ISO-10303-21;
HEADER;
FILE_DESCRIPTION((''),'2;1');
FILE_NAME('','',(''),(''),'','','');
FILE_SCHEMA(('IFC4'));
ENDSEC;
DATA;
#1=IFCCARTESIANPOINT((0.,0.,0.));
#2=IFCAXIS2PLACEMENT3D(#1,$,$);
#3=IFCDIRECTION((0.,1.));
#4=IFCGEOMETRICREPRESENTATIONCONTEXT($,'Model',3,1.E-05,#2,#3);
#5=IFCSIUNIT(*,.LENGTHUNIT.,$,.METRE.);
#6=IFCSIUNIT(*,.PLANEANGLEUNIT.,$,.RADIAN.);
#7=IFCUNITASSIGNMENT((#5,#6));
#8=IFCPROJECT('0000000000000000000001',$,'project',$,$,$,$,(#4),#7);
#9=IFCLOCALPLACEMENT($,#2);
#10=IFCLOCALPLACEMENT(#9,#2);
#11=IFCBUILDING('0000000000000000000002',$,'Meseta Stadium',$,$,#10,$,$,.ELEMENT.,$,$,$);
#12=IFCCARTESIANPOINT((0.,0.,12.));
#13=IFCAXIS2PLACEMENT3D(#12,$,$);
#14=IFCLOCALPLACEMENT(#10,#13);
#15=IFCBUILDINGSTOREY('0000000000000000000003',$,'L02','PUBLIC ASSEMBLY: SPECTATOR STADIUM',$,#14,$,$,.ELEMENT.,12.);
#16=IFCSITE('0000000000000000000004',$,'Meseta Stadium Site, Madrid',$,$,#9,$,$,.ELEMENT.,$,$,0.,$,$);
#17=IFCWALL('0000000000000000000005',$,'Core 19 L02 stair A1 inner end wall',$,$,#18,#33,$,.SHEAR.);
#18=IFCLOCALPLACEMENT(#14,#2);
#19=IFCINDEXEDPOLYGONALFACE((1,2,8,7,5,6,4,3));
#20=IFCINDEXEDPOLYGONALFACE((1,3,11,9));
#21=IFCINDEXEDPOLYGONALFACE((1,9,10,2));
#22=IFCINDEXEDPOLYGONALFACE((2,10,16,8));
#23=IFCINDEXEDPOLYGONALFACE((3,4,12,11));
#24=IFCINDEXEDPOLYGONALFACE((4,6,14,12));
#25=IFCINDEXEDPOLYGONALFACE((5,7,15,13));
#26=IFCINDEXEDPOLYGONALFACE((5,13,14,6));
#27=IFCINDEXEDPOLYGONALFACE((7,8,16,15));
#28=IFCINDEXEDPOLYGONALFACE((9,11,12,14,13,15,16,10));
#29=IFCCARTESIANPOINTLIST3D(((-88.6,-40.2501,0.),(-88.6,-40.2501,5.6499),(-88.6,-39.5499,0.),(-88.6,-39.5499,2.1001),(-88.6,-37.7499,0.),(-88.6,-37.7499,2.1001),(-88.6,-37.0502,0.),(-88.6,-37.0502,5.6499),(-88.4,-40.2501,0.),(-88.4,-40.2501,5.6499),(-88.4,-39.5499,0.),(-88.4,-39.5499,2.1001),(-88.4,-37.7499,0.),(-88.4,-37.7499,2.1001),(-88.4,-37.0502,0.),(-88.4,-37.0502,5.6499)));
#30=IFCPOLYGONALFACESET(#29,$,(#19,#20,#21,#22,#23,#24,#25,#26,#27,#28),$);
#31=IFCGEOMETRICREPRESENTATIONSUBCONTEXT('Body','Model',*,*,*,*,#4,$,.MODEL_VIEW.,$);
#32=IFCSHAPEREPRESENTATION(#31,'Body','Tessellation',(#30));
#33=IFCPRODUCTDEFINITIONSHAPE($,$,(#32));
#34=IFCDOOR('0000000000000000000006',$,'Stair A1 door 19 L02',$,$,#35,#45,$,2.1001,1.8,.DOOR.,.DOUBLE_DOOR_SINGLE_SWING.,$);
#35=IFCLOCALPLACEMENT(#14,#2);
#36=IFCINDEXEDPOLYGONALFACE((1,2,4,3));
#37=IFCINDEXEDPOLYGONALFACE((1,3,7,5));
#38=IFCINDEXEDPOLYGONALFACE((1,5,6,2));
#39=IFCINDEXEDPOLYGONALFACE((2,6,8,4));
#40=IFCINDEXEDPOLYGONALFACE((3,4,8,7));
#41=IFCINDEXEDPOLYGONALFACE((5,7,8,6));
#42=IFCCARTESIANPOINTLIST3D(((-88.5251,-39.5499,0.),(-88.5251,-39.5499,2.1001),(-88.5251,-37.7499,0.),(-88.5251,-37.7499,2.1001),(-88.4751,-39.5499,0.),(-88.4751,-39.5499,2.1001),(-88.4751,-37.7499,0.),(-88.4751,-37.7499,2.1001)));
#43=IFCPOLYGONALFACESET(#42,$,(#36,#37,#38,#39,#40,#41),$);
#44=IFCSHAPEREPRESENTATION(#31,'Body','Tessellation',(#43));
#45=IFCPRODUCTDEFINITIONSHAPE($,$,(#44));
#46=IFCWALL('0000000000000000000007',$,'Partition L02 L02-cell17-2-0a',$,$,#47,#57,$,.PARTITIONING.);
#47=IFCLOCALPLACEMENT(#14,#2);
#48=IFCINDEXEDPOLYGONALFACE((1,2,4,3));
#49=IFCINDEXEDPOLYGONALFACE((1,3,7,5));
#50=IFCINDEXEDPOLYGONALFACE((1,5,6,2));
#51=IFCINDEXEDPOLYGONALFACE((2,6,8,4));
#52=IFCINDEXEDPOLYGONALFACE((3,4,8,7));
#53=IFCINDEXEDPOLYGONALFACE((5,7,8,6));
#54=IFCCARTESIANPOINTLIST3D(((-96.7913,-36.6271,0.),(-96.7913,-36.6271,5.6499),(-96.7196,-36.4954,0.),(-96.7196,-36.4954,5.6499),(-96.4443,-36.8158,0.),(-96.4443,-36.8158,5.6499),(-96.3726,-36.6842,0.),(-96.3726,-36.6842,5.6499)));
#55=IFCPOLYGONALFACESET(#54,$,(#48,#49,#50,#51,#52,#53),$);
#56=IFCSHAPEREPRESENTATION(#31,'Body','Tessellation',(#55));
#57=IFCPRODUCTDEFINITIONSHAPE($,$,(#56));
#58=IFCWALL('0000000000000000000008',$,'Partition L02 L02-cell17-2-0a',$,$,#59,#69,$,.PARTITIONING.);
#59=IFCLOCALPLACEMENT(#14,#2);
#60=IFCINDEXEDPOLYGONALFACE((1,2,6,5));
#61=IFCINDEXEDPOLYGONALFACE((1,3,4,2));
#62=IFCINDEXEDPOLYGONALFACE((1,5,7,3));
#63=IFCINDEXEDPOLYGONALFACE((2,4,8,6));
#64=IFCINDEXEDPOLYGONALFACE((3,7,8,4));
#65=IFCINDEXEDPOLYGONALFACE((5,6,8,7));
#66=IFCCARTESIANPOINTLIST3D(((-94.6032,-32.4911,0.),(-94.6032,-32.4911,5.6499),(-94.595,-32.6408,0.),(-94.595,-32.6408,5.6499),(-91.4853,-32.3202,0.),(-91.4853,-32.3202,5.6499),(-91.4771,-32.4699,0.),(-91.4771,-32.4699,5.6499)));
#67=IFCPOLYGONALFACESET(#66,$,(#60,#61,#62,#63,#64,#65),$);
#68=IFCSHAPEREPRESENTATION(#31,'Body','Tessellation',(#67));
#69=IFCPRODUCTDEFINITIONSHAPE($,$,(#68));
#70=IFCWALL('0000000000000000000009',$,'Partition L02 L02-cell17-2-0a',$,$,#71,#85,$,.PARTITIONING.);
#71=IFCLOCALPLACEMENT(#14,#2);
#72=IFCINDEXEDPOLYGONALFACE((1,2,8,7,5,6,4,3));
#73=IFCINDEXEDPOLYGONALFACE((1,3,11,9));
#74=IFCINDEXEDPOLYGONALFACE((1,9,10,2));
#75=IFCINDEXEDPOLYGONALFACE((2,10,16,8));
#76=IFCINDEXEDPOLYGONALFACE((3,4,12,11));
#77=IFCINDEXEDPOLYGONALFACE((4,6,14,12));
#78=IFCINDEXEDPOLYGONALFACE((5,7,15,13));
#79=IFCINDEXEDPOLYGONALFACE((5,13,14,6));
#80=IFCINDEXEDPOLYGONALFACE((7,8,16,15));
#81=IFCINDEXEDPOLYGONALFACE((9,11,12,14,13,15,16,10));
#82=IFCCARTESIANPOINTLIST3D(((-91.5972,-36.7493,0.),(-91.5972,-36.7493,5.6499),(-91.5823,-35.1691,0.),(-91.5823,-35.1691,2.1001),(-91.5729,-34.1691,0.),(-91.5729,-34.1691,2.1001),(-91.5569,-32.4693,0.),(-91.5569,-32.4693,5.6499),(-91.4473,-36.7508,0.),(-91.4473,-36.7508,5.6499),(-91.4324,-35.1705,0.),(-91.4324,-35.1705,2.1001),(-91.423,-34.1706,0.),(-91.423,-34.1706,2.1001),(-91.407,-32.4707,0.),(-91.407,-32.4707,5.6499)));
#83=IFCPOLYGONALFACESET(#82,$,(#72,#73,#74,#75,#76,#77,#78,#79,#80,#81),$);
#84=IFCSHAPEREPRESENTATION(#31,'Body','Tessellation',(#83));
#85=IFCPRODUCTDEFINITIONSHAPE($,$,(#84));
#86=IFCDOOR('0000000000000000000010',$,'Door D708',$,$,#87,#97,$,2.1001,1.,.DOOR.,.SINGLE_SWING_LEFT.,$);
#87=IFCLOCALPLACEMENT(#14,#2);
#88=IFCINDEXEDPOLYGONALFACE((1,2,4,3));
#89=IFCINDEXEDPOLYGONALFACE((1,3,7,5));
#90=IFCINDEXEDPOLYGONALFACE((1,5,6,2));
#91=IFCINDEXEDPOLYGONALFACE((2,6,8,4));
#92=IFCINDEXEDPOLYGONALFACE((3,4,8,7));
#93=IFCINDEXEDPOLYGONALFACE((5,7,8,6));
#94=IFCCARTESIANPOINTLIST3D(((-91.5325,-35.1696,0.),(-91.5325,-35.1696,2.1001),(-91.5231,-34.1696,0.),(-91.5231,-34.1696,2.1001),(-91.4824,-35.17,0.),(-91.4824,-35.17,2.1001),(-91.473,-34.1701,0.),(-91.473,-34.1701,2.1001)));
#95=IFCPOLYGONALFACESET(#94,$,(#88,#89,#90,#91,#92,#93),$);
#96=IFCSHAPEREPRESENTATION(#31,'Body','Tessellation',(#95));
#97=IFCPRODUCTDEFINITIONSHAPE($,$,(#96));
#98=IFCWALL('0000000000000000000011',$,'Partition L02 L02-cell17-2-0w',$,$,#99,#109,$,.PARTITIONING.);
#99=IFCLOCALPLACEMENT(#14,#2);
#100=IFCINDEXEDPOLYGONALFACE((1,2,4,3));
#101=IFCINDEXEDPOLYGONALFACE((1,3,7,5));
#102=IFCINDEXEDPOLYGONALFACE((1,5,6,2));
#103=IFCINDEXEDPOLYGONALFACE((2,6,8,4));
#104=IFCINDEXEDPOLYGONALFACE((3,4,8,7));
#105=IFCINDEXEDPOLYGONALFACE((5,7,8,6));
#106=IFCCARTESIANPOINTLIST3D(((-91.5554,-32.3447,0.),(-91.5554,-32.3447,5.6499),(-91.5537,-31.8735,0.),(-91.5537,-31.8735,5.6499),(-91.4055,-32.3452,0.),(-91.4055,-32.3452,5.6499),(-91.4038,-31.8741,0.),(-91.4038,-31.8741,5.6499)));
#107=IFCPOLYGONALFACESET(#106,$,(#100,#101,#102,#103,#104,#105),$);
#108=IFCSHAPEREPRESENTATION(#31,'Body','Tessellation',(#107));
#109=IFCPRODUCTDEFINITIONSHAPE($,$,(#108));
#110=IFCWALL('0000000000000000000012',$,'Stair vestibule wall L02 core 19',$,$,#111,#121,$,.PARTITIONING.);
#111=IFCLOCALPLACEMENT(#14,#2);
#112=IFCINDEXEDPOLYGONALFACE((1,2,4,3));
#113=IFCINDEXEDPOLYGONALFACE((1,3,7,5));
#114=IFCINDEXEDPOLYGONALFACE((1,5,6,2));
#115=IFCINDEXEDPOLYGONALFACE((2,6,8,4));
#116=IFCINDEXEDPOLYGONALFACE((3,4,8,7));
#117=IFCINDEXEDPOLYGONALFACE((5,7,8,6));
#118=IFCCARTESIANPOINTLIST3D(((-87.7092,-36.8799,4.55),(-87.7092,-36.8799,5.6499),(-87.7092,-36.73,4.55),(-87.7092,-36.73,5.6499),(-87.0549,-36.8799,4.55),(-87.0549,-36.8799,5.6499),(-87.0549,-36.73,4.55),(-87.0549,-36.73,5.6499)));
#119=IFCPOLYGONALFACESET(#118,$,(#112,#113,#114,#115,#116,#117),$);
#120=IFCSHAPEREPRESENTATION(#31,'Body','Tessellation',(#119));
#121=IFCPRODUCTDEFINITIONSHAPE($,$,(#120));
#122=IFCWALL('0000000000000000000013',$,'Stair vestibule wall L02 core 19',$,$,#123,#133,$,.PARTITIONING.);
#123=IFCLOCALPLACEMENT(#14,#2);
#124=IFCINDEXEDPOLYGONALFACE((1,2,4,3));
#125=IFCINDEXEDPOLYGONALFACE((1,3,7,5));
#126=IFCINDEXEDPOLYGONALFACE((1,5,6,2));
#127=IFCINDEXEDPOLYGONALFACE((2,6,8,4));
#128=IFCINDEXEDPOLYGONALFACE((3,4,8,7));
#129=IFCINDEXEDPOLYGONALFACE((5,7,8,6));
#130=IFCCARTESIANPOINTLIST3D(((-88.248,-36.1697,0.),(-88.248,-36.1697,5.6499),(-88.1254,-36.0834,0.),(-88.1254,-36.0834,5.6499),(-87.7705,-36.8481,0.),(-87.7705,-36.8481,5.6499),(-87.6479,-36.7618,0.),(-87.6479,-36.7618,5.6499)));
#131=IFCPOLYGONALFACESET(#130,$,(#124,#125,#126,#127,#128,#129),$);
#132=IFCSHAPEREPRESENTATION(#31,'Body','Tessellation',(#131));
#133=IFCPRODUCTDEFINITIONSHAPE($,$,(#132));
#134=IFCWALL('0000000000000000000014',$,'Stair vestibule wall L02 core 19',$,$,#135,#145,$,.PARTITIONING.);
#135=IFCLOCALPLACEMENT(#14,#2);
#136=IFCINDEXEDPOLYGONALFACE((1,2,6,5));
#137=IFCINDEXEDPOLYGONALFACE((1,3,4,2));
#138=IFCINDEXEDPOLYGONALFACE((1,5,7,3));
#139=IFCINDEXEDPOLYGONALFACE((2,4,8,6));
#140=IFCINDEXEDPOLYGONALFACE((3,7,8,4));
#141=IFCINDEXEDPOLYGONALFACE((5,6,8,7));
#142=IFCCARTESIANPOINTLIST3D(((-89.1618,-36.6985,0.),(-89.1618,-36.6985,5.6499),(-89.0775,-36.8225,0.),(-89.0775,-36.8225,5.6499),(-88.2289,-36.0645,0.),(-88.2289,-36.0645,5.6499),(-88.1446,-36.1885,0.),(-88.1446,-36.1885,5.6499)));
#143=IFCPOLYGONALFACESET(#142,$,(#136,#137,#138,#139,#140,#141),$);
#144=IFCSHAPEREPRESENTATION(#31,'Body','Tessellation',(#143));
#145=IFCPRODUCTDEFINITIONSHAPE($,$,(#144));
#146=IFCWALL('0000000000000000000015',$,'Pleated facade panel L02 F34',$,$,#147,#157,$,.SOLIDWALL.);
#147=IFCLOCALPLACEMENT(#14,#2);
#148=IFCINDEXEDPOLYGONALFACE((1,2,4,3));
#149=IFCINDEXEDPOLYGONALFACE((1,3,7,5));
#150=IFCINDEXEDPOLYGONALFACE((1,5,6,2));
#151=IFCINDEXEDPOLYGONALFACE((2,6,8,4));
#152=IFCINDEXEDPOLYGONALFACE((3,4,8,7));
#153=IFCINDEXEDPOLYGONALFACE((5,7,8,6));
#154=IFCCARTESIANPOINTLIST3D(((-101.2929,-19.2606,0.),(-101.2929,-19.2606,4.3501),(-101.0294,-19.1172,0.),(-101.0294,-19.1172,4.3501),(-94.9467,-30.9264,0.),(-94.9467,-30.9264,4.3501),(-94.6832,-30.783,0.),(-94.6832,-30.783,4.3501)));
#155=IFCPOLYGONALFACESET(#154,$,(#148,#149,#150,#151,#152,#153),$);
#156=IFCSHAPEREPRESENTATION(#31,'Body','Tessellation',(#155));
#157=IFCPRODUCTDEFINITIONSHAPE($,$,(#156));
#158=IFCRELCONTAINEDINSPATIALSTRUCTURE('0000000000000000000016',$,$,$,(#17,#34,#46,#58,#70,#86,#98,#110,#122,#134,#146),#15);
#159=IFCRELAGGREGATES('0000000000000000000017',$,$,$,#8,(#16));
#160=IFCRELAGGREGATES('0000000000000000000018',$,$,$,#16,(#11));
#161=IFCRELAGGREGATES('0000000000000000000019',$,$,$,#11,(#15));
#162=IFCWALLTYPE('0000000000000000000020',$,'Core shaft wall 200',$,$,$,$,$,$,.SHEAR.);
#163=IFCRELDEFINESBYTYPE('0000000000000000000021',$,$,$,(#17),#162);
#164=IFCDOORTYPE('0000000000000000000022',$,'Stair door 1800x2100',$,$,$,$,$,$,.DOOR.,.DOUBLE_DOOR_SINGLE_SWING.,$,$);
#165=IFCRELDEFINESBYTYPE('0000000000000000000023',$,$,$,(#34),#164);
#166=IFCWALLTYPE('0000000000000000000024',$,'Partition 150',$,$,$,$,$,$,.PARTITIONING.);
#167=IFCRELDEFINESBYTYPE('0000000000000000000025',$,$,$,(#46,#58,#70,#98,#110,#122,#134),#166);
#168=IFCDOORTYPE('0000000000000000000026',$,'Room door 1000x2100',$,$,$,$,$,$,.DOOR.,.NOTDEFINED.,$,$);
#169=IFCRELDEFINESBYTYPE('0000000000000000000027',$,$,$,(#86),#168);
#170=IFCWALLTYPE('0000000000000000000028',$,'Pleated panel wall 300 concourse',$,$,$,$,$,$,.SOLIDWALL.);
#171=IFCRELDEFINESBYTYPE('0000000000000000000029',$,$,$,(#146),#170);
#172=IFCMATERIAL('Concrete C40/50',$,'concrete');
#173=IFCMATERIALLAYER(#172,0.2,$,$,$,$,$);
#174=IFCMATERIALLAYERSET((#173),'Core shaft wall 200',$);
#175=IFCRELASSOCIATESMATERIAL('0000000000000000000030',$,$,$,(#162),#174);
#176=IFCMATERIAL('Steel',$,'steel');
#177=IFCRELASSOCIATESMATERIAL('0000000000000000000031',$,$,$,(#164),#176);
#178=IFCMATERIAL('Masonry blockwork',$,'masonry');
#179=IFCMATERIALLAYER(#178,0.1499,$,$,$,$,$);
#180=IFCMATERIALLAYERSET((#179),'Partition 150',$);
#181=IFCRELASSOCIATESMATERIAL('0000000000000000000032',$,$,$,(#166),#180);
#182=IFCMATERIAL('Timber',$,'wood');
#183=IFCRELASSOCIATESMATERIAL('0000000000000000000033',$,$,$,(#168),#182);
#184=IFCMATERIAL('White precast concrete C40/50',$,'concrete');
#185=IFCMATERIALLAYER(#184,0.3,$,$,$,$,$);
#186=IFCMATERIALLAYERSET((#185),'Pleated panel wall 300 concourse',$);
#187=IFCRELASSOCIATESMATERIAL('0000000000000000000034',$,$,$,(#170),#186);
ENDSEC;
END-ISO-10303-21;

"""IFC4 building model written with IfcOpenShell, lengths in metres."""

from ifc_helpers import new_model, si_unit, direction, frame, frame_2d, origin, place, context, subcontext, project, spatial, rectangle, extrude, material, layer, layer_set, type_object, element, fill, save


model = new_model("IFC4")

# Units and contexts
model_context = context("Model", 3, precision=1e-05, world=origin(), true_north=direction((0.0, 1.0)))
body_context = subcontext(model_context, "Body", "Model", "MODEL_VIEW")
ifc_project = project(units=[si_unit("LENGTHUNIT", "METRE"), si_unit("PLANEANGLEUNIT", "RADIAN")], contexts=[model_context])

# Site, building, storey
site_placement = place(None, origin())
site = spatial("IfcSite", under=ifc_project, at=site_placement, Name="Meseta Stadium Site, Madrid", CompositionType="ELEMENT", RefElevation=0.0)
building_placement = place(site_placement, origin())
building = spatial("IfcBuilding", under=site, at=building_placement, Name="Meseta Stadium", CompositionType="ELEMENT")
storey_placement = place(building_placement, frame((0.0, 0.0, 12.0)))
storey = spatial("IfcBuildingStorey", under=building, at=storey_placement, Name="L02", Description="PUBLIC ASSEMBLY: SPECTATOR STADIUM", CompositionType="ELEMENT", Elevation=12.0)

# Shared definitions
ifc_material_1 = material(Name="Concrete C40/50", Category="concrete")
ifc_layer_1 = layer(ifc_material_1, 0.2)
ifc_layer_set_1 = layer_set([ifc_layer_1], Name="Core shaft wall 200")
wall_type_1 = type_object("IfcWallType", Name="Core shaft wall 200", PredefinedType="SHEAR", material=ifc_layer_set_1)

# Wall, opening, door
wall_1_placement = place(storey_placement, frame((-88.5, -37.05, 0.0), z_axis=(0.0, 0.0, 1.0), x_axis=(0.0, -1.0, 0.0)))
wall_1 = element("IfcWall", 1, at=wall_1_placement, inside=storey, type_object=wall_type_1, Name="Core 19 L02 stair A1 inner end wall", PredefinedType="SHEAR", context=body_context, shape_type="SweptSolid", body=[
    extrude(rectangle(XDim=3.2, YDim=0.2, at=frame_2d((1.6001, 0.0))), origin(), (0.0, 0.0, 1.0), 5.6499),
])
opening_1_placement = place(wall_1_placement, frame((0.7, 0.0, 0.0)))
opening_1 = element("IfcOpeningElement", 2, at=opening_1_placement, cuts=wall_1, PredefinedType="OPENING", context=body_context, shape_type="SweptSolid", body=[
    extrude(rectangle(XDim=1.8, YDim=2.1001, at=frame_2d((0.8999, 1.05))), frame((0.0, 0.1099, 0.0), z_axis=(0.0, -1.0, 0.0), x_axis=(1.0, 0.0, 0.0)), (0.0, 0.0, 1.0), 0.22),
])
ifc_material_2 = material(Name="Steel", Category="steel")
door_type_1 = type_object("IfcDoorType", Name="Stair door 1800x2100", OperationType="DOUBLE_DOOR_SINGLE_SWING", PredefinedType="DOOR", material=ifc_material_2)
door_1_placement = place(opening_1_placement, origin())
door_1 = element("IfcDoor", 3, at=door_1_placement, inside=storey, type_object=door_type_1, Name="Stair A1 door 19 L02", OperationType="DOUBLE_DOOR_SINGLE_SWING", OverallHeight=2.1001, OverallWidth=1.8, PredefinedType="DOOR", context=body_context, shape_type="SweptSolid", body=[
    extrude(rectangle(XDim=1.8, YDim=2.1001, at=frame_2d((0.8999, 1.05))), frame((0.0, 0.0249, 0.0), z_axis=(0.0, -1.0, 0.0), x_axis=(1.0, 0.0, 0.0)), (0.0, 0.0, 1.0), 0.05),
])
fill(opening_1, door_1)

# Walls
ifc_material_3 = material(Name="Masonry blockwork", Category="masonry")
ifc_layer_2 = layer(ifc_material_3, 0.1499)
ifc_layer_set_2 = layer_set([ifc_layer_2], Name="Partition 150")
wall_type_2 = type_object("IfcWallType", Name="Partition 150", PredefinedType="PARTITIONING", material=ifc_layer_set_2)
wall_2_placement = place(storey_placement, frame((-96.4084, -36.75, 0.0), z_axis=(0.0, 0.0, 1.0), x_axis=(-0.878438, 0.477856, 0.0)))
element("IfcWall", 4, at=wall_2_placement, inside=storey, type_object=wall_type_2, Name="Partition L02 L02-cell17-2-0a", PredefinedType="PARTITIONING", context=body_context, shape_type="SweptSolid", body=[
    extrude(rectangle(XDim=0.395, YDim=0.1499, at=frame_2d((0.1975, 0.0))), origin(), (0.0, 0.0, 1.0), 5.6499),
])
wall_3_placement = place(storey_placement, frame((-94.5991, -32.5659, 0.0), z_axis=(0.0, 0.0, 1.0), x_axis=(0.998501, 0.05473, 0.0)))
element("IfcWall", 5, at=wall_3_placement, inside=storey, type_object=wall_type_2, Name="Partition L02 L02-cell17-2-0a", PredefinedType="PARTITIONING", context=body_context, shape_type="SweptSolid", body=[
    extrude(rectangle(XDim=3.1226, YDim=0.1499, at=frame_2d((1.5613, 0.0))), origin(), (0.0, 0.0, 1.0), 5.6499),
])

# Wall, opening, door
wall_4_placement = place(storey_placement, frame((-91.4819, -32.47, 0.0), z_axis=(0.0, 0.0, 1.0), x_axis=(-0.009411, -0.999956, 0.0)))
wall_4 = element("IfcWall", 6, at=wall_4_placement, inside=storey, type_object=wall_type_2, Name="Partition L02 L02-cell17-2-0a", PredefinedType="PARTITIONING", context=body_context, shape_type="SweptSolid", body=[
    extrude(rectangle(XDim=4.2803, YDim=0.1499, at=frame_2d((2.1401, 0.0))), origin(), (0.0, 0.0, 1.0), 5.6499),
])
opening_2_placement = place(wall_4_placement, frame((1.7, 0.0, 0.0)))
opening_2 = element("IfcOpeningElement", 7, at=opening_2_placement, cuts=wall_4, PredefinedType="OPENING", context=body_context, shape_type="SweptSolid", body=[
    extrude(rectangle(XDim=1.0, YDim=2.1001, at=frame_2d((0.5, 1.05))), frame((0.0, 0.085, 0.0), z_axis=(0.0, -1.0, 0.0), x_axis=(1.0, 0.0, 0.0)), (0.0, 0.0, 1.0), 0.1699),
])
ifc_material_4 = material(Name="Timber", Category="wood")
door_type_2 = type_object("IfcDoorType", Name="Room door 1000x2100", OperationType="NOTDEFINED", PredefinedType="DOOR", material=ifc_material_4)
door_2_placement = place(opening_2_placement, origin())
door_2 = element("IfcDoor", 8, at=door_2_placement, inside=storey, type_object=door_type_2, Name="Door D708", OperationType="SINGLE_SWING_LEFT", OverallHeight=2.1001, OverallWidth=1.0, PredefinedType="DOOR", context=body_context, shape_type="SweptSolid", body=[
    extrude(rectangle(XDim=1.0, YDim=2.1001, at=frame_2d((0.5, 1.05))), frame((0.0, 0.0249, 0.0), z_axis=(0.0, -1.0, 0.0), x_axis=(1.0, 0.0, 0.0)), (0.0, 0.0, 1.0), 0.05),
])
fill(opening_2, door_2)

# Walls
wall_5_placement = place(storey_placement, frame((-91.4788, -31.8738, 0.0), z_axis=(0.0, 0.0, 1.0), x_axis=(-0.003627, -0.999993, 0.0)))
element("IfcWall", 9, at=wall_5_placement, inside=storey, type_object=wall_type_2, Name="Partition L02 L02-cell17-2-0w", PredefinedType="PARTITIONING", context=body_context, shape_type="SweptSolid", body=[
    extrude(rectangle(XDim=0.4712, YDim=0.1499, at=frame_2d((0.2356, 0.0))), origin(), (0.0, 0.0, 1.0), 5.6499),
])
wall_6_placement = place(storey_placement, frame((-87.0549, -36.8049, 4.55), z_axis=(0.0, 0.0, 1.0), x_axis=(-1.0, 0.0, 0.0)))
element("IfcWall", 10, at=wall_6_placement, inside=storey, type_object=wall_type_2, Name="Stair vestibule wall L02 core 19", PredefinedType="PARTITIONING", context=body_context, shape_type="SweptSolid", body=[
    extrude(rectangle(XDim=0.6543, YDim=0.1499, at=frame_2d((0.3271, 0.0))), origin(), (0.0, 0.0, 1.0), 1.0999),
])
wall_7_placement = place(storey_placement, frame((-87.7092, -36.8049, 0.0), z_axis=(0.0, 0.0, 1.0), x_axis=(-0.575574, 0.81775, 0.0)))
element("IfcWall", 11, at=wall_7_placement, inside=storey, type_object=wall_type_2, Name="Stair vestibule wall L02 core 19", PredefinedType="PARTITIONING", context=body_context, shape_type="SweptSolid", body=[
    extrude(rectangle(XDim=0.8296, YDim=0.1499, at=frame_2d((0.4148, 0.0))), origin(), (0.0, 0.0, 1.0), 5.6499),
])
wall_8_placement = place(storey_placement, frame((-88.1868, -36.1265, 0.0), z_axis=(0.0, 0.0, 1.0), x_axis=(-0.827055, -0.562121, 0.0)))
element("IfcWall", 12, at=wall_8_placement, inside=storey, type_object=wall_type_2, Name="Stair vestibule wall L02 core 19", PredefinedType="PARTITIONING", context=body_context, shape_type="SweptSolid", body=[
    extrude(rectangle(XDim=1.1279, YDim=0.1499, at=frame_2d((0.564, 0.0))), origin(), (0.0, 0.0, 1.0), 5.6499),
])
ifc_material_5 = material(Name="White precast concrete C40/50", Category="concrete")
ifc_layer_3 = layer(ifc_material_5, 0.3)
ifc_layer_set_3 = layer_set([ifc_layer_3], Name="Pleated panel wall 300 concourse")
wall_type_3 = type_object("IfcWallType", Name="Pleated panel wall 300 concourse", PredefinedType="SOLIDWALL", material=ifc_layer_set_3)
wall_9_placement = place(storey_placement, frame((-94.8149, -30.8547, 0.0), z_axis=(0.0, 0.0, 1.0), x_axis=(-0.477868, 0.878432, 0.0)))
element("IfcWall", 13, at=wall_9_placement, inside=storey, type_object=wall_type_3, Name="Pleated facade panel L02 F34", PredefinedType="SOLIDWALL", context=body_context, shape_type="SweptSolid", body=[
    extrude(rectangle(XDim=13.2803, YDim=0.3, at=frame_2d((6.6401, 0.0))), origin(), (0.0, 0.0, 1.0), 4.3501),
])

save(model, "model.ifc")
